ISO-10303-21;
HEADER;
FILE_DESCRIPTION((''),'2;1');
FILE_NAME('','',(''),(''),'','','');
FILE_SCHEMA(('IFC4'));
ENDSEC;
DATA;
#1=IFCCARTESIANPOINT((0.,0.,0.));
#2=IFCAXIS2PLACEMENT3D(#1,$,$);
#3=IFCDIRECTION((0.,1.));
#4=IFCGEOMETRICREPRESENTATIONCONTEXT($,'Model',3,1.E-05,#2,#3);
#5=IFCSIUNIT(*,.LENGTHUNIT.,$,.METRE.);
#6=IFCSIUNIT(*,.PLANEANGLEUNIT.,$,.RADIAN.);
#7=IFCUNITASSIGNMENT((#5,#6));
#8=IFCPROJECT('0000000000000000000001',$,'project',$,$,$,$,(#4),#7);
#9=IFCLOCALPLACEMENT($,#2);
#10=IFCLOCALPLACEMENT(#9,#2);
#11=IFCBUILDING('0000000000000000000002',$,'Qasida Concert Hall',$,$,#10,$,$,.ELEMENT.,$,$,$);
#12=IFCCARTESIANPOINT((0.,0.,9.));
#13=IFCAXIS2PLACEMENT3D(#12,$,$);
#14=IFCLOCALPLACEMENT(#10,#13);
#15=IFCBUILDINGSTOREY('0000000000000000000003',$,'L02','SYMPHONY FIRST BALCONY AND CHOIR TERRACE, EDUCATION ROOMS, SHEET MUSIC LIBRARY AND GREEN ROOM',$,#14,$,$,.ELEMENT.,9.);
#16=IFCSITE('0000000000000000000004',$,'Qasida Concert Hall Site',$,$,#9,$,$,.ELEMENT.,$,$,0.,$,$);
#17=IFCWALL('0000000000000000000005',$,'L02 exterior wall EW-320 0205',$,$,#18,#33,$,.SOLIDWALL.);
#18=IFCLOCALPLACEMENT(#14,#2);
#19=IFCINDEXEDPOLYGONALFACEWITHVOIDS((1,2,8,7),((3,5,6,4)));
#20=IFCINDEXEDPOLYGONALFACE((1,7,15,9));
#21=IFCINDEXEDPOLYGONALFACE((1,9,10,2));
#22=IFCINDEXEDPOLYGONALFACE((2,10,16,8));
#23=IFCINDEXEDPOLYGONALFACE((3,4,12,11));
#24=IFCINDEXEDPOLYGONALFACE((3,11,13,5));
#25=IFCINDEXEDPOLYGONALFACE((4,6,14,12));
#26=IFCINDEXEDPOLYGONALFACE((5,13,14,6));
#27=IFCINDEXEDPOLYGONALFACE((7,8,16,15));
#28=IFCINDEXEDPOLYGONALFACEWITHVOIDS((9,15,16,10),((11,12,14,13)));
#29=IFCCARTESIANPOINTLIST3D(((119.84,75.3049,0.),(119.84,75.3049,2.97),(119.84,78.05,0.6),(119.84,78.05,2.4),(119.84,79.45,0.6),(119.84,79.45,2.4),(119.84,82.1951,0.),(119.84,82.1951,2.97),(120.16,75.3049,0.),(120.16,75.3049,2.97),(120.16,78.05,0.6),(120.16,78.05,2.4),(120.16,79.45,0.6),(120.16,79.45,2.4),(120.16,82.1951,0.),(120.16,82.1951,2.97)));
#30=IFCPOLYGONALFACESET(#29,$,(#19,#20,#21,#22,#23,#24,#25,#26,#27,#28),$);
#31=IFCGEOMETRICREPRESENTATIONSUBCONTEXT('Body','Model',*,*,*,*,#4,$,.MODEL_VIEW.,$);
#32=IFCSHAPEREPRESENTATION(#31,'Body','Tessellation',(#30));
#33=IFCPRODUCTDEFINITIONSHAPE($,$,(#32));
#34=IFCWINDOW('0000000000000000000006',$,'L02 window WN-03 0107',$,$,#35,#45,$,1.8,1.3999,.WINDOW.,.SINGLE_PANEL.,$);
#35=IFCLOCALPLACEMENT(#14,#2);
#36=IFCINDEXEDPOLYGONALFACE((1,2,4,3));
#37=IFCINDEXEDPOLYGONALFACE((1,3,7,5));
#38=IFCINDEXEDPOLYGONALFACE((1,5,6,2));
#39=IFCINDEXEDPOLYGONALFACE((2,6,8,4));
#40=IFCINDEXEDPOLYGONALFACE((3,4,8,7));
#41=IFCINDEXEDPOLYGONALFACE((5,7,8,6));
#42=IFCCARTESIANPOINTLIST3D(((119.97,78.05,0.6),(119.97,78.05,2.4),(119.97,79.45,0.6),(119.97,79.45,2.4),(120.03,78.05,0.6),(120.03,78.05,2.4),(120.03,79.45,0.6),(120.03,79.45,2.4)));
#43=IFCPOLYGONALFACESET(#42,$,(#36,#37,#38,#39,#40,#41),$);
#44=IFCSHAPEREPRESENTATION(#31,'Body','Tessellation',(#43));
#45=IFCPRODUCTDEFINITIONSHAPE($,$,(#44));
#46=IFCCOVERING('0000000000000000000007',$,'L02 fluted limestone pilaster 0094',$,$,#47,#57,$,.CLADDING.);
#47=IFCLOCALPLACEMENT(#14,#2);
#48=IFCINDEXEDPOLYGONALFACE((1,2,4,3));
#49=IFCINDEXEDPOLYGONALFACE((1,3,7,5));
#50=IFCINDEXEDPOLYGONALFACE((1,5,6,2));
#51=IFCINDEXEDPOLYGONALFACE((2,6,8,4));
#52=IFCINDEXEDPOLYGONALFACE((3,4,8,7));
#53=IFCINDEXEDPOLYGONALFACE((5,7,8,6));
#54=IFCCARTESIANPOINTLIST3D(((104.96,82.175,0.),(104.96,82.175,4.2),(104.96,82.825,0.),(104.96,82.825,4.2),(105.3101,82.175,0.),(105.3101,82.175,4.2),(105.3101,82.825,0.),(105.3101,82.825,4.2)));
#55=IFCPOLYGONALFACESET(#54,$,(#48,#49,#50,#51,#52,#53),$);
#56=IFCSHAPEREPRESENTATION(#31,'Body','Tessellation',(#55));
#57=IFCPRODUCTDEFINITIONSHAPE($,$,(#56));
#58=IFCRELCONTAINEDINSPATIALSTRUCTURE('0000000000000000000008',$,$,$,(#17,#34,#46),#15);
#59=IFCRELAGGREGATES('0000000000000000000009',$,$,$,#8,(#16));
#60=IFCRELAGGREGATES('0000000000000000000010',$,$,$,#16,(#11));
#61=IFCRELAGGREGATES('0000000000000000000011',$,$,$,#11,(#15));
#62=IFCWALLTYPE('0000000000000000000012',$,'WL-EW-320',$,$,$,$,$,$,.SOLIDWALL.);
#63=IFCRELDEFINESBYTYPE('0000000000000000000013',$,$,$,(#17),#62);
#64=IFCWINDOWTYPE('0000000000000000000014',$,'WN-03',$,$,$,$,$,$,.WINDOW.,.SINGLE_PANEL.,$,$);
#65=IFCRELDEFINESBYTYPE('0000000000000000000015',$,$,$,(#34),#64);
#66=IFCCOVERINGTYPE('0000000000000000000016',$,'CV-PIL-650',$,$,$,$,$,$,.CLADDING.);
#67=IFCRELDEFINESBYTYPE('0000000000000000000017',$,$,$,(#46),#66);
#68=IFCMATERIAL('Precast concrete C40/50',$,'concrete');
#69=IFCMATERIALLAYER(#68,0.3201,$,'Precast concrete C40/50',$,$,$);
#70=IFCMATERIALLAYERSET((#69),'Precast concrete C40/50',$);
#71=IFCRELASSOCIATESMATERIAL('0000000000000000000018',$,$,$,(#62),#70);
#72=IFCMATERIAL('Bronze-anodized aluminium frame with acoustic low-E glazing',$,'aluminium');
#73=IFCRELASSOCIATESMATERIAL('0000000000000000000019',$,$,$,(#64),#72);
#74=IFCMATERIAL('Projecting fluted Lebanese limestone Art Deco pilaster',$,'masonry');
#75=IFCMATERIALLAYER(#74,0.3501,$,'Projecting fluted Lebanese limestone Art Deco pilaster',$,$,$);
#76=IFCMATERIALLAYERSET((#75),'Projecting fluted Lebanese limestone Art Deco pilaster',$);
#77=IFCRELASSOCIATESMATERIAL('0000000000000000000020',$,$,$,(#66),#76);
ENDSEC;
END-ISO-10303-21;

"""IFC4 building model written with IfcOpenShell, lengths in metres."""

from ifc_helpers import new_model, si_unit, direction, frame, frame_2d, origin, origin_2d, place, context, subcontext, project, spatial, rectangle, extrude, material, layer, layer_set, type_object, element, fill, save


model = new_model("IFC4")

# Units and contexts
model_context = context("Model", 3, precision=1e-05, world=origin(), true_north=direction((0.0, 1.0)))
body_context = subcontext(model_context, "Body", "Model", "MODEL_VIEW")
ifc_project = project(units=[si_unit("LENGTHUNIT", "METRE"), si_unit("PLANEANGLEUNIT", "RADIAN")], contexts=[model_context])

# Site, building, storey
site_placement = place(None, origin())
site = spatial("IfcSite", under=ifc_project, at=site_placement, Name="Qasida Concert Hall Site", CompositionType="ELEMENT", RefElevation=0.0)
building_placement = place(site_placement, origin())
building = spatial("IfcBuilding", under=site, at=building_placement, Name="Qasida Concert Hall", CompositionType="ELEMENT")
storey_placement = place(building_placement, frame((0.0, 0.0, 9.0)))
storey = spatial("IfcBuildingStorey", under=building, at=storey_placement, Name="L02", Description="SYMPHONY FIRST BALCONY AND CHOIR TERRACE, EDUCATION ROOMS, SHEET MUSIC LIBRARY AND GREEN ROOM", CompositionType="ELEMENT", Elevation=9.0)

# Wall, opening, window
ifc_material_1 = material(Name="Precast concrete C40/50", Category="concrete")
ifc_layer_1 = layer(ifc_material_1, 0.3201, Name="Precast concrete C40/50")
ifc_layer_set_1 = layer_set([ifc_layer_1], Name="Precast concrete C40/50")
wall_type = type_object("IfcWallType", Name="WL-EW-320", PredefinedType="SOLIDWALL", material=ifc_layer_set_1)
ifc_material_2 = material(Name="Bronze-anodized aluminium frame with acoustic low-E glazing", Category="aluminium")
wall_1_placement = place(storey_placement, frame((120.0, 75.3049, 0.0), z_axis=(0.0, 0.0, 1.0), x_axis=(0.0, 1.0, 0.0)))
wall_1 = element("IfcWall", 1, at=wall_1_placement, inside=storey, type_object=wall_type, Name="L02 exterior wall EW-320 0205", PredefinedType="SOLIDWALL", context=body_context, shape_type="SweptSolid", body=[
    extrude(rectangle(XDim=6.8901, YDim=0.3201, at=frame_2d((3.4451, 0.0))), origin(), (0.0, 0.0, 1.0), 2.97),
])
opening_1_placement = place(wall_1_placement, frame((2.7451, 0.0, 0.6001)))
opening_1 = element("IfcOpeningElement", 2, at=opening_1_placement, cuts=wall_1, PredefinedType="OPENING", context=body_context, shape_type="SweptSolid", body=[
    extrude(rectangle(XDim=1.3999, YDim=1.8, at=frame_2d((0.7, 0.8999))), frame((0.0, 0.1699, 0.0), z_axis=(0.0, -1.0, 0.0), x_axis=(1.0, 0.0, 0.0)), (0.0, 0.0, 1.0), 0.3401),
])
window_type_1 = type_object("IfcWindowType", Name="WN-03", PartitioningType="SINGLE_PANEL", PredefinedType="WINDOW", material=ifc_material_2)
window_1_placement = place(opening_1_placement, origin())
window_1 = element("IfcWindow", 3, at=window_1_placement, inside=storey, type_object=window_type_1, Name="L02 window WN-03 0107", OverallHeight=1.8, OverallWidth=1.3999, PartitioningType="SINGLE_PANEL", PredefinedType="WINDOW", context=body_context, shape_type="SweptSolid", body=[
    extrude(rectangle(XDim=1.3999, YDim=1.8, at=frame_2d((0.7, 0.8999))), frame((0.0, 0.03, 0.0), z_axis=(0.0, -1.0, 0.0), x_axis=(1.0, 0.0, 0.0)), (0.0, 0.0, 1.0), 0.0601),
])
fill(opening_1, window_1)

# Covering
ifc_material_3 = material(Name="Projecting fluted Lebanese limestone Art Deco pilaster", Category="masonry")
ifc_layer_2 = layer(ifc_material_3, 0.3501, Name="Projecting fluted Lebanese limestone Art Deco pilaster")
ifc_layer_set_2 = layer_set([ifc_layer_2], Name="Projecting fluted Lebanese limestone Art Deco pilaster")
covering_type = type_object("IfcCoveringType", Name="CV-PIL-650", PredefinedType="CLADDING", material=ifc_layer_set_2)
covering_placement = place(storey_placement, frame((105.135, 82.5, 0.0), z_axis=(0.0, 0.0, 1.0), x_axis=(1.0, 0.0, 0.0)))
element("IfcCovering", 4, at=covering_placement, inside=storey, type_object=covering_type, Name="L02 fluted limestone pilaster 0094", PredefinedType="CLADDING", context=body_context, shape_type="SweptSolid", body=[
    extrude(rectangle(XDim=0.3501, YDim=0.6499, at=origin_2d()), origin(), (0.0, 0.0, 1.0), 4.2),
])

save(model, "model.ifc")
